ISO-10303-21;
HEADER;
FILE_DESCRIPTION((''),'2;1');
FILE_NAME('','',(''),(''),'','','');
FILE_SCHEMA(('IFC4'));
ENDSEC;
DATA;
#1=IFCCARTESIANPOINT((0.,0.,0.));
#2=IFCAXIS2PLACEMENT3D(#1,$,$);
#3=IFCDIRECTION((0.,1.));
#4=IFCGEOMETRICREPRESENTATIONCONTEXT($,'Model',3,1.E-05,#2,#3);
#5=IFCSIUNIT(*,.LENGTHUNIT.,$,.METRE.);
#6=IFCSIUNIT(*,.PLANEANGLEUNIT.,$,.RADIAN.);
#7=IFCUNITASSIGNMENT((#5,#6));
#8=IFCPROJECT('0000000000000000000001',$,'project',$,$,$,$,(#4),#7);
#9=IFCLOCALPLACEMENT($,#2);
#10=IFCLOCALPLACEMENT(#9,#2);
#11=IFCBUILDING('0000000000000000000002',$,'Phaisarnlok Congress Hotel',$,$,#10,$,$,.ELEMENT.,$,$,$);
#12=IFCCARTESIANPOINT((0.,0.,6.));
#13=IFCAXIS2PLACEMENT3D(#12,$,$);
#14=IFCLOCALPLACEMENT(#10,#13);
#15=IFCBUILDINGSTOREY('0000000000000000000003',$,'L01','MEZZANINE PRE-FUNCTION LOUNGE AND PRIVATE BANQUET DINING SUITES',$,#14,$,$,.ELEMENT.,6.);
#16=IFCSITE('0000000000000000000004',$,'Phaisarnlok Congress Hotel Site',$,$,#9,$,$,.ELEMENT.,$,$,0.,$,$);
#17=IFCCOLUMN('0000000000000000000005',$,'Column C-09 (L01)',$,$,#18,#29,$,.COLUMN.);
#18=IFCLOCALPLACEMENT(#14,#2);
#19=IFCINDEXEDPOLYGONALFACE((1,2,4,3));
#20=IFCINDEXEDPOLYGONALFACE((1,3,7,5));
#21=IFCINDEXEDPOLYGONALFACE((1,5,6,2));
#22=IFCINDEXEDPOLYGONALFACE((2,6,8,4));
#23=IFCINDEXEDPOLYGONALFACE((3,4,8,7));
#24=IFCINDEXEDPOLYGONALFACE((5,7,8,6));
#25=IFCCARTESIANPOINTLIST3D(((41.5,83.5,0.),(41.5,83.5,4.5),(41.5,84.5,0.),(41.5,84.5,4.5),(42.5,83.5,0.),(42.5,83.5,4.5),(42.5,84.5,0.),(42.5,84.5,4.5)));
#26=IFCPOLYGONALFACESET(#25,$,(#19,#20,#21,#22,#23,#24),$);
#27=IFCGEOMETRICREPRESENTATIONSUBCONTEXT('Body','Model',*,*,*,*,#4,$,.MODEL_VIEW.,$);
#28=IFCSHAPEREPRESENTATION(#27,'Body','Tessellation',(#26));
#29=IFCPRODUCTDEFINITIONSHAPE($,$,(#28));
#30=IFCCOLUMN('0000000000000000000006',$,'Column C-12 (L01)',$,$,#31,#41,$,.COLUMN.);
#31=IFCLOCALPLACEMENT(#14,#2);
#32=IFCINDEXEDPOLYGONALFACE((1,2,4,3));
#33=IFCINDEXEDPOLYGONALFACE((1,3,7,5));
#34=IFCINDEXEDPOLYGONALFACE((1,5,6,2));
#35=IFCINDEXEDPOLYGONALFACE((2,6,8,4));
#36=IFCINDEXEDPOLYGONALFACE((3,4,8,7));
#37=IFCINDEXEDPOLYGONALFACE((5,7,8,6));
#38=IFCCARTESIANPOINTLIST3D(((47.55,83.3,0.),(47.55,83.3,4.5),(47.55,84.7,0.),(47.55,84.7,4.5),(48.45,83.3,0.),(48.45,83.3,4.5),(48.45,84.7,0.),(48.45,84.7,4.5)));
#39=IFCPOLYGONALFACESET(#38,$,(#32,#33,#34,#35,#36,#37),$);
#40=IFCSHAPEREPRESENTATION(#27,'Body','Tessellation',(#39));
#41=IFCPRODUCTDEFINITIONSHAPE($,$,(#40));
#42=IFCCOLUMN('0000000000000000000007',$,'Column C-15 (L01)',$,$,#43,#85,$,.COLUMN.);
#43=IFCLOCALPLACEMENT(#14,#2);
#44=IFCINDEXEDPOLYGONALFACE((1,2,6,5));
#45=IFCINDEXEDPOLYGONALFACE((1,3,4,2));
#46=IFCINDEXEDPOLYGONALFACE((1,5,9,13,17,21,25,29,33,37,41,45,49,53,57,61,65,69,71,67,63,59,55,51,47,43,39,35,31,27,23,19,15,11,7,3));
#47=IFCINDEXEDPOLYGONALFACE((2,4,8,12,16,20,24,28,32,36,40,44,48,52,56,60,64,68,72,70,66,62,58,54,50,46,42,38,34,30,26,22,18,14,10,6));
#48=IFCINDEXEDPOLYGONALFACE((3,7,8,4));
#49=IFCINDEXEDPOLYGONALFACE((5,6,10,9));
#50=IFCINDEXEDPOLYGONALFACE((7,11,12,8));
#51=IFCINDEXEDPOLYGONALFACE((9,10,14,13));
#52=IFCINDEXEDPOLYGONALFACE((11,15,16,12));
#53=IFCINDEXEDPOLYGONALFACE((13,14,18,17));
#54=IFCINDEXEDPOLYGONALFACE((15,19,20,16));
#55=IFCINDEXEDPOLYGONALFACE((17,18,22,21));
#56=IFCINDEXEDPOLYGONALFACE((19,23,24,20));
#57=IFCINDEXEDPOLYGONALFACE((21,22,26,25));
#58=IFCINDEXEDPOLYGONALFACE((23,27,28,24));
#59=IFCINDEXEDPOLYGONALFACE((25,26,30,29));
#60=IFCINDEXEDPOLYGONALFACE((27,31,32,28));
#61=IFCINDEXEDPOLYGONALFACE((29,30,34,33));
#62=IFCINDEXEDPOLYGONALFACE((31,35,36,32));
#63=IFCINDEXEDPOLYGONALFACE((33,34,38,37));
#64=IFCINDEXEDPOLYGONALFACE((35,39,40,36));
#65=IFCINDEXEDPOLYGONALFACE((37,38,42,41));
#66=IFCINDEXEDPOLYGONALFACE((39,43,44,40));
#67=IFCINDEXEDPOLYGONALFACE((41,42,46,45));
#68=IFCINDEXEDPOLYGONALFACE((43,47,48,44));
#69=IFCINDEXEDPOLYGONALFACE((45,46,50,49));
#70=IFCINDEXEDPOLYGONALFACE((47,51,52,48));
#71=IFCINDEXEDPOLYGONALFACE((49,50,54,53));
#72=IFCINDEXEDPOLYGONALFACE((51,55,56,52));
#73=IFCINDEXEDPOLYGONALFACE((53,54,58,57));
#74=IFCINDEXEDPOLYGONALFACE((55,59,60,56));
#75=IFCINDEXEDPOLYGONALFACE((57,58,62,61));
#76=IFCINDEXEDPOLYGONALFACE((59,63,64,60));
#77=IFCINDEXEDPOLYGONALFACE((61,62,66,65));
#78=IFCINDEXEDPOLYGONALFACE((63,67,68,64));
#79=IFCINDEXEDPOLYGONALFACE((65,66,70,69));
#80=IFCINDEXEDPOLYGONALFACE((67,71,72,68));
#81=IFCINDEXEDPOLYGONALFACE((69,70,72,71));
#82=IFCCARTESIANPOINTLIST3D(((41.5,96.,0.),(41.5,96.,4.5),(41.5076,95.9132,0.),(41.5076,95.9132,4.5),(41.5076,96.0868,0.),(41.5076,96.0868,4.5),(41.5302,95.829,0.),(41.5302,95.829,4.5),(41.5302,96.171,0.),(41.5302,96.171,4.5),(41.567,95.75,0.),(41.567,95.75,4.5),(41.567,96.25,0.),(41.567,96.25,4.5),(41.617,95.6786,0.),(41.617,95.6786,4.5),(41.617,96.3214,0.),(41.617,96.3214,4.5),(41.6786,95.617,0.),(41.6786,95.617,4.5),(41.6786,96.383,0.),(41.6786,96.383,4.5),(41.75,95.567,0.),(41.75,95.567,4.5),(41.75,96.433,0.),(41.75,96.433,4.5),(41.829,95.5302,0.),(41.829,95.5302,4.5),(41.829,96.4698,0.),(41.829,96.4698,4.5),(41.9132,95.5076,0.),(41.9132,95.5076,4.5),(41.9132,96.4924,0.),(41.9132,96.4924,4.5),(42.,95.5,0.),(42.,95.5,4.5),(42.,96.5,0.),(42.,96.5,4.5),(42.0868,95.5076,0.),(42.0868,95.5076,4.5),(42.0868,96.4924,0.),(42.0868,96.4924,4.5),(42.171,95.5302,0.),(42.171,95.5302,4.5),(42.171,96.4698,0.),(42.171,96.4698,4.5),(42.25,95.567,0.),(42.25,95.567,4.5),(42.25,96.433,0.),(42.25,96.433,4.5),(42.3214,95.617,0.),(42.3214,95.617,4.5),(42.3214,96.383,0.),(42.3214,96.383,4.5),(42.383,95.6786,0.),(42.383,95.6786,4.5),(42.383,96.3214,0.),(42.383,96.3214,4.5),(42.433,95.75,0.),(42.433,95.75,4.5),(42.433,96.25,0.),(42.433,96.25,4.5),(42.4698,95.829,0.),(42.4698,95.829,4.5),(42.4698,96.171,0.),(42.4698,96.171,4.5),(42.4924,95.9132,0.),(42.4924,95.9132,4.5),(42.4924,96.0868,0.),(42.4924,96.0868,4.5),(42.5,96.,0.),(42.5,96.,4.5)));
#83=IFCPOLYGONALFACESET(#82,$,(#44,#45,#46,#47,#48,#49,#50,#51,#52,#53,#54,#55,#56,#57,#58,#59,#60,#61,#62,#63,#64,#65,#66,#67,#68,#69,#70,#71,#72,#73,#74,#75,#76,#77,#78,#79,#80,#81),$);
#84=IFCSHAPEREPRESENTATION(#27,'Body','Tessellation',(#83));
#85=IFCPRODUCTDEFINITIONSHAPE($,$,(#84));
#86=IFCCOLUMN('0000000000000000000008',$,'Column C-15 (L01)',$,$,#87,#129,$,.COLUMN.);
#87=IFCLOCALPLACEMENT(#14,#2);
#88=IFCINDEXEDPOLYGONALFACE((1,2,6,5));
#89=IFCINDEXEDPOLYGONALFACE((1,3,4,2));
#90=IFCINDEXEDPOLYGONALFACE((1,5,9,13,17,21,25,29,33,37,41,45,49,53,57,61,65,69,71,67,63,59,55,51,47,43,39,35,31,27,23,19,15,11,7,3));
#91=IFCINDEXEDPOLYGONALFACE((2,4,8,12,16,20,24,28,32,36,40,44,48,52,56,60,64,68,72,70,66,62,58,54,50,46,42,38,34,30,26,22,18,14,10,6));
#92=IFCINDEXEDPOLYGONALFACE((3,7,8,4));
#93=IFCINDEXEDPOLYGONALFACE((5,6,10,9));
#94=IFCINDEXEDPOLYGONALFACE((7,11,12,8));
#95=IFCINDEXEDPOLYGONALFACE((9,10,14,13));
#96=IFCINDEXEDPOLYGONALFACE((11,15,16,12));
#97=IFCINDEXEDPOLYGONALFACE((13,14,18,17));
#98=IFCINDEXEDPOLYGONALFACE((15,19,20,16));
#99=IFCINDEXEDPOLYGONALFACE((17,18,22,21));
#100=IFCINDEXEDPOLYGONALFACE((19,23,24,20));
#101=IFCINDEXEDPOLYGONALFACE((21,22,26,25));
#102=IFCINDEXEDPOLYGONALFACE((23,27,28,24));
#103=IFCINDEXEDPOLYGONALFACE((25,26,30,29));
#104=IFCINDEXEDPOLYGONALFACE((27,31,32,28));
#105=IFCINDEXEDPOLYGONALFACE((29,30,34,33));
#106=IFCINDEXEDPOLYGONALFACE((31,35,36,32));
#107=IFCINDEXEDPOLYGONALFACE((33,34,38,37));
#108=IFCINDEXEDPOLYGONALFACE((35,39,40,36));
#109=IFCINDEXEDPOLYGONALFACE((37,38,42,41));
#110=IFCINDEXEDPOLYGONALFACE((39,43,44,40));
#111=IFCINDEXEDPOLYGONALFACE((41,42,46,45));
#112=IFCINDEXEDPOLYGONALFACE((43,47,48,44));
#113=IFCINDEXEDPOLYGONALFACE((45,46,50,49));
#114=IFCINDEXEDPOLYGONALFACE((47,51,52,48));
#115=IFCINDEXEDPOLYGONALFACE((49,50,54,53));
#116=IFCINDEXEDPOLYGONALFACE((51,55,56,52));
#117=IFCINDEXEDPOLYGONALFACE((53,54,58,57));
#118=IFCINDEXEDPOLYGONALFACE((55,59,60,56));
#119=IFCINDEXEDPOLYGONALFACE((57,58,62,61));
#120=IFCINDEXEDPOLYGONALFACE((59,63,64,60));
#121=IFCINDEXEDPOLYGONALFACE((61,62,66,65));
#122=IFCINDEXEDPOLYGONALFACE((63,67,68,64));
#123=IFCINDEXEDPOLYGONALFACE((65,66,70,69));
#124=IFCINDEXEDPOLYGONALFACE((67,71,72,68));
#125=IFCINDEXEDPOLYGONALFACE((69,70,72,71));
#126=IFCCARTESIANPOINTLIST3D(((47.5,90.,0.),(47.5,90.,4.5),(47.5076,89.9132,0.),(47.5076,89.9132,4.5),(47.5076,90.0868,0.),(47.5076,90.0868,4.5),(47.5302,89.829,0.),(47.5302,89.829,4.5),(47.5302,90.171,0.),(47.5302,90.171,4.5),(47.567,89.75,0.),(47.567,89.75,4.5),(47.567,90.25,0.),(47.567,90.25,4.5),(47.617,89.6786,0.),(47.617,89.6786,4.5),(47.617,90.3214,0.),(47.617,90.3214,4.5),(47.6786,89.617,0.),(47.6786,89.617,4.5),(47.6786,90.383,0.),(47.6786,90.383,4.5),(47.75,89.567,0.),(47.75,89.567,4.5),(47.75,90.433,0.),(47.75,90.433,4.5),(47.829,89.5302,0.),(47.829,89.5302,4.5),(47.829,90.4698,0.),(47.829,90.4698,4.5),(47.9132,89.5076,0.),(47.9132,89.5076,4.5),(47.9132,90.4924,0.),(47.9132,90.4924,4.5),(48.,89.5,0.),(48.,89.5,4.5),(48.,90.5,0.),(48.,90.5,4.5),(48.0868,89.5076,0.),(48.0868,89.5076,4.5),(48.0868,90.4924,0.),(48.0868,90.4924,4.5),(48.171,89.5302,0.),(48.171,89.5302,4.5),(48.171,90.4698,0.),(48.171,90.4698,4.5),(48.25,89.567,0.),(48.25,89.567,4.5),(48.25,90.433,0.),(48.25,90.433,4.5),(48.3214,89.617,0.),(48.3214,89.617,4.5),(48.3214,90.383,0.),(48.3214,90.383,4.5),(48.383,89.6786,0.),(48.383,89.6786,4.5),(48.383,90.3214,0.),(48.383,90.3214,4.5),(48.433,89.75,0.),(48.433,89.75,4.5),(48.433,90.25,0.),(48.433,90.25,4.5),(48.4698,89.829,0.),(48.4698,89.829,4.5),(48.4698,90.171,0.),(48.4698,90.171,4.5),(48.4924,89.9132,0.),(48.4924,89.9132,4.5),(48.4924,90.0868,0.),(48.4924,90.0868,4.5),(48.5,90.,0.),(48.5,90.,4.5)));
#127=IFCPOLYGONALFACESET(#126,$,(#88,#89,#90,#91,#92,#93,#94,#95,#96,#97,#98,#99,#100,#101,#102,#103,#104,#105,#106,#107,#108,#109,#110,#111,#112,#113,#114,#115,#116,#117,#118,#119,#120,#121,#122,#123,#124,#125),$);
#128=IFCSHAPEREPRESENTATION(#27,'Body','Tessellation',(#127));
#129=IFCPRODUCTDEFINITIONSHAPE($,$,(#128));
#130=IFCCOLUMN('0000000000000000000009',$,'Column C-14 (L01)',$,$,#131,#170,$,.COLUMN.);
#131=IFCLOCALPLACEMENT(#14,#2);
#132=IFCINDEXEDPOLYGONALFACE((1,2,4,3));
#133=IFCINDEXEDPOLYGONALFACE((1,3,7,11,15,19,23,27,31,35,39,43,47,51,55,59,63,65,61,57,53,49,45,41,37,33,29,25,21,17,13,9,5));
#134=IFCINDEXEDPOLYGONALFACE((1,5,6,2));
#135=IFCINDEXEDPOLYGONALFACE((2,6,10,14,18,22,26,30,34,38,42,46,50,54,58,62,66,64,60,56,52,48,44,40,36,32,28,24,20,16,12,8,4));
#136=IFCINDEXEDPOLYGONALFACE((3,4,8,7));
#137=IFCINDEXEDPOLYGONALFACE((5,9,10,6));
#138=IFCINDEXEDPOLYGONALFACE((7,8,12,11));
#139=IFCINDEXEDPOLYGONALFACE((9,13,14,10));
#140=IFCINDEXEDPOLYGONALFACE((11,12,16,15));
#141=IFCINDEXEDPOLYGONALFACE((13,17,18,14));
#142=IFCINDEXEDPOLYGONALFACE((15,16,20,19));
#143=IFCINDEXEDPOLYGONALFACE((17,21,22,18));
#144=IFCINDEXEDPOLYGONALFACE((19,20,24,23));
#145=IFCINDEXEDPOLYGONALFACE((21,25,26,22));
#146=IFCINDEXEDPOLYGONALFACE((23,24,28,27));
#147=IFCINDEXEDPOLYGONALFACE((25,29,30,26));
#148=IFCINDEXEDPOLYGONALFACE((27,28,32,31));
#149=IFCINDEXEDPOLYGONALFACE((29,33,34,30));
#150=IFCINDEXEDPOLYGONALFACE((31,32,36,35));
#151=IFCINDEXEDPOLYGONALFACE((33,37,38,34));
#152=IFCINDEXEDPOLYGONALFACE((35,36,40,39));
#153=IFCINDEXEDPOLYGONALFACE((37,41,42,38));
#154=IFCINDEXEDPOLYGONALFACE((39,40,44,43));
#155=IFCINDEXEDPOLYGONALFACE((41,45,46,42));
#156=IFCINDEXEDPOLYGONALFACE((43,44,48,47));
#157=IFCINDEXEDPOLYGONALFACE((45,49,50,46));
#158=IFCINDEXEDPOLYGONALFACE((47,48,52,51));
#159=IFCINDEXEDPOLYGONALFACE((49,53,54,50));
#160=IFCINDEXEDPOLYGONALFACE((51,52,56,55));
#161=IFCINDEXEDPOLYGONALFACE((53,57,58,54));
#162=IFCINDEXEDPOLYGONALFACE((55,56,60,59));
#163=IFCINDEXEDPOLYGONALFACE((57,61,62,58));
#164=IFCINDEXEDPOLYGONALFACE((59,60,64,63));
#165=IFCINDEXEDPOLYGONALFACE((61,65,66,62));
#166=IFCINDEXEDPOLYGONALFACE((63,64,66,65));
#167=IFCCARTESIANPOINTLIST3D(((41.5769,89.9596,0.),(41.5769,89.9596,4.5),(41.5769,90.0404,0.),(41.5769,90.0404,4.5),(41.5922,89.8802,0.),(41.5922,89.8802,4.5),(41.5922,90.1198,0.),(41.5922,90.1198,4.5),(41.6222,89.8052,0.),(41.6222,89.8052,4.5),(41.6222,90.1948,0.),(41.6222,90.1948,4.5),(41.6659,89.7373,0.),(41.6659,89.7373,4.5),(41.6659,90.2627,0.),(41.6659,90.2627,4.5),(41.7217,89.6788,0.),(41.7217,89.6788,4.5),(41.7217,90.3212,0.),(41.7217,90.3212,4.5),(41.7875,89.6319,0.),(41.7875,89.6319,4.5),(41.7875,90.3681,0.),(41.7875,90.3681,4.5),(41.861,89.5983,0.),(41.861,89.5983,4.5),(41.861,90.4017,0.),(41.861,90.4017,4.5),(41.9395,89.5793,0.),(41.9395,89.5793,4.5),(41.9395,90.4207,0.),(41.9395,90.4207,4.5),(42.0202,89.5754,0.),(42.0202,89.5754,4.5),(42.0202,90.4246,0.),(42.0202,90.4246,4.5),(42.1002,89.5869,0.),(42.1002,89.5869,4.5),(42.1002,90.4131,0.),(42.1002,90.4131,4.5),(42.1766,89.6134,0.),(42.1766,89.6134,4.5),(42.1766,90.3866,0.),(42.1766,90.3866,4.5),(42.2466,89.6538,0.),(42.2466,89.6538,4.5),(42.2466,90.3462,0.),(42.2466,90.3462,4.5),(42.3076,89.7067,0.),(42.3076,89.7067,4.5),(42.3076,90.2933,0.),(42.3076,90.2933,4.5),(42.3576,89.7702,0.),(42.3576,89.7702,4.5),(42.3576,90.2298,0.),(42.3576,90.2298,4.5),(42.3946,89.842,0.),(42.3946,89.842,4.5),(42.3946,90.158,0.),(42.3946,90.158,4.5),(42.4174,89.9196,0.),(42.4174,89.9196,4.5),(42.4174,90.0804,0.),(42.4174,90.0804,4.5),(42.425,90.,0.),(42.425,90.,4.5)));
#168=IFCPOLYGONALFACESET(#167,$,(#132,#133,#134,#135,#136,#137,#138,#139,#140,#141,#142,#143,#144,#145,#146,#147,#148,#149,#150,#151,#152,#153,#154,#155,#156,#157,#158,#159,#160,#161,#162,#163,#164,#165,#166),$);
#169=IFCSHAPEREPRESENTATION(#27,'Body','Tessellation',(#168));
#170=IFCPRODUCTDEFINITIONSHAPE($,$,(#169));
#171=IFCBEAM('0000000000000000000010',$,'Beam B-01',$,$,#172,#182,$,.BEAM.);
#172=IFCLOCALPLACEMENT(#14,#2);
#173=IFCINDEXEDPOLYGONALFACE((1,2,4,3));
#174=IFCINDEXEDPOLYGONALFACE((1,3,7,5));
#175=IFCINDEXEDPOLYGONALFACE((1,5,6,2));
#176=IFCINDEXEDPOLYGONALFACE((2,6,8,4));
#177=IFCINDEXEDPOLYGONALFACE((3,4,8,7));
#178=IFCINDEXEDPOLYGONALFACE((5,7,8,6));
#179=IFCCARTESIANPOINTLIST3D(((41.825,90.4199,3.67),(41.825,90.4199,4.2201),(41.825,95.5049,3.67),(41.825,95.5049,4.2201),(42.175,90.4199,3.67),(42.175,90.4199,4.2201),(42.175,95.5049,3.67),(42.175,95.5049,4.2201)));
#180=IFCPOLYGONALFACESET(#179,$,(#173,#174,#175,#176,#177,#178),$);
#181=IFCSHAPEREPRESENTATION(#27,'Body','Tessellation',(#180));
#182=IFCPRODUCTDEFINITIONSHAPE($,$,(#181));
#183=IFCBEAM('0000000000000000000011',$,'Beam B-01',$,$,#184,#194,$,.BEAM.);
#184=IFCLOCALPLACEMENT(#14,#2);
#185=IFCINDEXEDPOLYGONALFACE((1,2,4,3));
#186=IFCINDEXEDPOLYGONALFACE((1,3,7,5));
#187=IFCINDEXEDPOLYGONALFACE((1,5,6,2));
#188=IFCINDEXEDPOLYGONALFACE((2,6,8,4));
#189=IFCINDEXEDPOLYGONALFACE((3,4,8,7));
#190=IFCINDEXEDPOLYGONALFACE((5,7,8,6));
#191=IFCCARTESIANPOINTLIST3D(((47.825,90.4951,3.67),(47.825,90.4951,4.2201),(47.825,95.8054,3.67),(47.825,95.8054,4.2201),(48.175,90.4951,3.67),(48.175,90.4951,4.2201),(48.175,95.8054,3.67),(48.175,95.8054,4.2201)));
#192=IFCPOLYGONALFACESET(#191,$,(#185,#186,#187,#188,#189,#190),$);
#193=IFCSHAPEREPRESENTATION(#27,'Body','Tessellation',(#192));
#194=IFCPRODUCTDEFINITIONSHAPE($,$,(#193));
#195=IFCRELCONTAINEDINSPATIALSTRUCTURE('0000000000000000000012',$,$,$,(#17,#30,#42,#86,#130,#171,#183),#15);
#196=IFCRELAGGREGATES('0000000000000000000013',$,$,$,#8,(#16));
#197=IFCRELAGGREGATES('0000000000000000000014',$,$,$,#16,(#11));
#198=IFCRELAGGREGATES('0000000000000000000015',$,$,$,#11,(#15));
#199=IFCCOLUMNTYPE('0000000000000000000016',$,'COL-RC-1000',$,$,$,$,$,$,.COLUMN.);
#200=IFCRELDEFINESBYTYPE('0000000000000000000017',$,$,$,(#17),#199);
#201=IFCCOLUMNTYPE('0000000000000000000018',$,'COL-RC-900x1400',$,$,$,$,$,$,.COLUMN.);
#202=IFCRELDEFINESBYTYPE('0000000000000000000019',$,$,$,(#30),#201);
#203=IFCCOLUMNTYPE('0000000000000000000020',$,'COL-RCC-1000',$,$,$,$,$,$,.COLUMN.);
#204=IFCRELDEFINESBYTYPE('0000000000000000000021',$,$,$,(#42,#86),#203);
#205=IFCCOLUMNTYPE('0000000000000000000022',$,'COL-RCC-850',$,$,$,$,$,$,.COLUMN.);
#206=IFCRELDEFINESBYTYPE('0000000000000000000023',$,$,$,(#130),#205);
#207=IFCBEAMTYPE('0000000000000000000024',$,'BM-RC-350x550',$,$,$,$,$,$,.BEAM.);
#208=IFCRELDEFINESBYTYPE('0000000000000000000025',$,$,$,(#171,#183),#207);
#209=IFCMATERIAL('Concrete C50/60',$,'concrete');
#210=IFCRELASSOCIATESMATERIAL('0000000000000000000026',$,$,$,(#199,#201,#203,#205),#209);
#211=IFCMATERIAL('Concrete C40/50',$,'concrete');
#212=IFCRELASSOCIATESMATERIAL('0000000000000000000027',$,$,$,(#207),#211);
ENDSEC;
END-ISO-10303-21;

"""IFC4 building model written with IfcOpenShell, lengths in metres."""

from ifc_helpers import new_model, si_unit, direction, frame, origin, origin_2d, place, context, subcontext, project, spatial, rectangle, circle, extrude, material, material_profile, profile_set, type_object, element, save


model = new_model("IFC4")

# Units and contexts
model_context = context("Model", 3, precision=1e-05, world=origin(), true_north=direction((0.0, 1.0)))
body_context = subcontext(model_context, "Body", "Model", "MODEL_VIEW")
ifc_project = project(units=[si_unit("LENGTHUNIT", "METRE"), si_unit("PLANEANGLEUNIT", "RADIAN")], contexts=[model_context])

# Site, building, storey
site_placement = place(None, origin())
site = spatial("IfcSite", under=ifc_project, at=site_placement, Name="Phaisarnlok Congress Hotel Site", CompositionType="ELEMENT", RefElevation=0.0)
building_placement = place(site_placement, origin())
building = spatial("IfcBuilding", under=site, at=building_placement, Name="Phaisarnlok Congress Hotel", CompositionType="ELEMENT")
storey_placement = place(building_placement, frame((0.0, 0.0, 6.0)))
storey = spatial("IfcBuildingStorey", under=building, at=storey_placement, Name="L01", Description="MEZZANINE PRE-FUNCTION LOUNGE AND PRIVATE BANQUET DINING SUITES", CompositionType="ELEMENT", Elevation=6.0)

# Columns
ifc_material_1 = material(Name="Concrete C50/60", Category="concrete")
ifc_material_profile_1 = material_profile(ifc_material_1, rectangle(XDim=1.0, YDim=1.0, at=origin_2d()), Name="RC 1000x1000")
ifc_profile_set_1 = profile_set([ifc_material_profile_1], Name="Concrete C50/60")
column_type_1 = type_object("IfcColumnType", Name="COL-RC-1000", PredefinedType="COLUMN", material=ifc_profile_set_1)
column_1_placement = place(storey_placement, frame((42.0, 84.0, 0.0), z_axis=(0.0, 0.0, 1.0), x_axis=(1.0, 0.0, 0.0)))
element("IfcColumn", 1, at=column_1_placement, inside=storey, type_object=column_type_1, Name="Column C-09 (L01)", PredefinedType="COLUMN", context=body_context, shape_type="SweptSolid", body=[
    extrude(rectangle(XDim=1.0, YDim=1.0, at=origin_2d()), origin(), (0.0, 0.0, 1.0), 4.5),
])
ifc_material_profile_2 = material_profile(ifc_material_1, rectangle(XDim=0.8999, YDim=1.3999, at=origin_2d()), Name="RC 900x1400")
ifc_profile_set_2 = profile_set([ifc_material_profile_2], Name="Concrete C50/60")
column_type_2 = type_object("IfcColumnType", Name="COL-RC-900x1400", PredefinedType="COLUMN", material=ifc_profile_set_2)
column_2_placement = place(storey_placement, frame((48.0, 84.0, 0.0), z_axis=(0.0, 0.0, 1.0), x_axis=(1.0, 0.0, 0.0)))
element("IfcColumn", 2, at=column_2_placement, inside=storey, type_object=column_type_2, Name="Column C-12 (L01)", PredefinedType="COLUMN", context=body_context, shape_type="SweptSolid", body=[
    extrude(rectangle(XDim=0.8999, YDim=1.3999, at=origin_2d()), origin(), (0.0, 0.0, 1.0), 4.5),
])
ifc_material_profile_3 = material_profile(ifc_material_1, circle(Radius=0.5, at=origin_2d()), Name="RCC D1000")
ifc_profile_set_3 = profile_set([ifc_material_profile_3], Name="Concrete C50/60")
column_type_3 = type_object("IfcColumnType", Name="COL-RCC-1000", PredefinedType="COLUMN", material=ifc_profile_set_3)
for number, where, z_axis, x_axis, name in (
    (3, (42.0, 96.0, 0.0), (0.0, 0.0, 1.0), (1.0, 0.0, 0.0), "Column C-15 (L01)"),
    (4, (48.0, 90.0, 0.0), (0.0, 0.0, 1.0), (1.0, 0.0, 0.0), "Column C-15 (L01)"),
):
    element("IfcColumn", number, at=place(storey_placement, frame(where, z_axis=z_axis, x_axis=x_axis)), inside=storey, type_object=column_type_3, Name=name, PredefinedType="COLUMN", context=body_context, shape_type="SweptSolid", body=[
        extrude(circle(Radius=0.5, at=origin_2d()), origin(), (0.0, 0.0, 1.0), 4.5),
    ])
ifc_material_profile_4 = material_profile(ifc_material_1, circle(Radius=0.425, at=origin_2d()), Name="RCC D850")
ifc_profile_set_4 = profile_set([ifc_material_profile_4], Name="Concrete C50/60")
column_type_4 = type_object("IfcColumnType", Name="COL-RCC-850", PredefinedType="COLUMN", material=ifc_profile_set_4)
column_3_placement = place(storey_placement, frame((42.0, 90.0, 0.0), z_axis=(0.0, 0.0, 1.0), x_axis=(1.0, 0.0, 0.0)))
element("IfcColumn", 5, at=column_3_placement, inside=storey, type_object=column_type_4, Name="Column C-14 (L01)", PredefinedType="COLUMN", context=body_context, shape_type="SweptSolid", body=[
    extrude(circle(Radius=0.425, at=origin_2d()), origin(), (0.0, 0.0, 1.0), 4.5),
])

# Beams
ifc_material_2 = material(Name="Concrete C40/50", Category="concrete")
ifc_material_profile_5 = material_profile(ifc_material_2, rectangle(XDim=0.3501, YDim=0.55, at=origin_2d()), Name="RC 350x550")
ifc_profile_set_5 = profile_set([ifc_material_profile_5], Name="Concrete C40/50")
beam_type_1 = type_object("IfcBeamType", Name="BM-RC-350x550", PredefinedType="BEAM", material=ifc_profile_set_5)
beam_1_placement = place(storey_placement, frame((42.0, 90.4199, 3.9451), z_axis=(0.0, 1.0, 0.0), x_axis=(-1.0, 0.0, 0.0)))
element("IfcBeam", 6, at=beam_1_placement, inside=storey, type_object=beam_type_1, Name="Beam B-01", PredefinedType="BEAM", context=body_context, shape_type="SweptSolid", body=[
    extrude(rectangle(XDim=0.3501, YDim=0.55, at=origin_2d()), origin(), (0.0, 0.0, 1.0), 5.085),
])
beam_2_placement = place(storey_placement, frame((48.0, 90.4951, 3.9451), z_axis=(0.0, 1.0, 0.0), x_axis=(-1.0, 0.0, 0.0)))
element("IfcBeam", 7, at=beam_2_placement, inside=storey, type_object=beam_type_1, Name="Beam B-01", PredefinedType="BEAM", context=body_context, shape_type="SweptSolid", body=[
    extrude(rectangle(XDim=0.3501, YDim=0.55, at=origin_2d()), origin(), (0.0, 0.0, 1.0), 5.3103),
])

save(model, "model.ifc")
